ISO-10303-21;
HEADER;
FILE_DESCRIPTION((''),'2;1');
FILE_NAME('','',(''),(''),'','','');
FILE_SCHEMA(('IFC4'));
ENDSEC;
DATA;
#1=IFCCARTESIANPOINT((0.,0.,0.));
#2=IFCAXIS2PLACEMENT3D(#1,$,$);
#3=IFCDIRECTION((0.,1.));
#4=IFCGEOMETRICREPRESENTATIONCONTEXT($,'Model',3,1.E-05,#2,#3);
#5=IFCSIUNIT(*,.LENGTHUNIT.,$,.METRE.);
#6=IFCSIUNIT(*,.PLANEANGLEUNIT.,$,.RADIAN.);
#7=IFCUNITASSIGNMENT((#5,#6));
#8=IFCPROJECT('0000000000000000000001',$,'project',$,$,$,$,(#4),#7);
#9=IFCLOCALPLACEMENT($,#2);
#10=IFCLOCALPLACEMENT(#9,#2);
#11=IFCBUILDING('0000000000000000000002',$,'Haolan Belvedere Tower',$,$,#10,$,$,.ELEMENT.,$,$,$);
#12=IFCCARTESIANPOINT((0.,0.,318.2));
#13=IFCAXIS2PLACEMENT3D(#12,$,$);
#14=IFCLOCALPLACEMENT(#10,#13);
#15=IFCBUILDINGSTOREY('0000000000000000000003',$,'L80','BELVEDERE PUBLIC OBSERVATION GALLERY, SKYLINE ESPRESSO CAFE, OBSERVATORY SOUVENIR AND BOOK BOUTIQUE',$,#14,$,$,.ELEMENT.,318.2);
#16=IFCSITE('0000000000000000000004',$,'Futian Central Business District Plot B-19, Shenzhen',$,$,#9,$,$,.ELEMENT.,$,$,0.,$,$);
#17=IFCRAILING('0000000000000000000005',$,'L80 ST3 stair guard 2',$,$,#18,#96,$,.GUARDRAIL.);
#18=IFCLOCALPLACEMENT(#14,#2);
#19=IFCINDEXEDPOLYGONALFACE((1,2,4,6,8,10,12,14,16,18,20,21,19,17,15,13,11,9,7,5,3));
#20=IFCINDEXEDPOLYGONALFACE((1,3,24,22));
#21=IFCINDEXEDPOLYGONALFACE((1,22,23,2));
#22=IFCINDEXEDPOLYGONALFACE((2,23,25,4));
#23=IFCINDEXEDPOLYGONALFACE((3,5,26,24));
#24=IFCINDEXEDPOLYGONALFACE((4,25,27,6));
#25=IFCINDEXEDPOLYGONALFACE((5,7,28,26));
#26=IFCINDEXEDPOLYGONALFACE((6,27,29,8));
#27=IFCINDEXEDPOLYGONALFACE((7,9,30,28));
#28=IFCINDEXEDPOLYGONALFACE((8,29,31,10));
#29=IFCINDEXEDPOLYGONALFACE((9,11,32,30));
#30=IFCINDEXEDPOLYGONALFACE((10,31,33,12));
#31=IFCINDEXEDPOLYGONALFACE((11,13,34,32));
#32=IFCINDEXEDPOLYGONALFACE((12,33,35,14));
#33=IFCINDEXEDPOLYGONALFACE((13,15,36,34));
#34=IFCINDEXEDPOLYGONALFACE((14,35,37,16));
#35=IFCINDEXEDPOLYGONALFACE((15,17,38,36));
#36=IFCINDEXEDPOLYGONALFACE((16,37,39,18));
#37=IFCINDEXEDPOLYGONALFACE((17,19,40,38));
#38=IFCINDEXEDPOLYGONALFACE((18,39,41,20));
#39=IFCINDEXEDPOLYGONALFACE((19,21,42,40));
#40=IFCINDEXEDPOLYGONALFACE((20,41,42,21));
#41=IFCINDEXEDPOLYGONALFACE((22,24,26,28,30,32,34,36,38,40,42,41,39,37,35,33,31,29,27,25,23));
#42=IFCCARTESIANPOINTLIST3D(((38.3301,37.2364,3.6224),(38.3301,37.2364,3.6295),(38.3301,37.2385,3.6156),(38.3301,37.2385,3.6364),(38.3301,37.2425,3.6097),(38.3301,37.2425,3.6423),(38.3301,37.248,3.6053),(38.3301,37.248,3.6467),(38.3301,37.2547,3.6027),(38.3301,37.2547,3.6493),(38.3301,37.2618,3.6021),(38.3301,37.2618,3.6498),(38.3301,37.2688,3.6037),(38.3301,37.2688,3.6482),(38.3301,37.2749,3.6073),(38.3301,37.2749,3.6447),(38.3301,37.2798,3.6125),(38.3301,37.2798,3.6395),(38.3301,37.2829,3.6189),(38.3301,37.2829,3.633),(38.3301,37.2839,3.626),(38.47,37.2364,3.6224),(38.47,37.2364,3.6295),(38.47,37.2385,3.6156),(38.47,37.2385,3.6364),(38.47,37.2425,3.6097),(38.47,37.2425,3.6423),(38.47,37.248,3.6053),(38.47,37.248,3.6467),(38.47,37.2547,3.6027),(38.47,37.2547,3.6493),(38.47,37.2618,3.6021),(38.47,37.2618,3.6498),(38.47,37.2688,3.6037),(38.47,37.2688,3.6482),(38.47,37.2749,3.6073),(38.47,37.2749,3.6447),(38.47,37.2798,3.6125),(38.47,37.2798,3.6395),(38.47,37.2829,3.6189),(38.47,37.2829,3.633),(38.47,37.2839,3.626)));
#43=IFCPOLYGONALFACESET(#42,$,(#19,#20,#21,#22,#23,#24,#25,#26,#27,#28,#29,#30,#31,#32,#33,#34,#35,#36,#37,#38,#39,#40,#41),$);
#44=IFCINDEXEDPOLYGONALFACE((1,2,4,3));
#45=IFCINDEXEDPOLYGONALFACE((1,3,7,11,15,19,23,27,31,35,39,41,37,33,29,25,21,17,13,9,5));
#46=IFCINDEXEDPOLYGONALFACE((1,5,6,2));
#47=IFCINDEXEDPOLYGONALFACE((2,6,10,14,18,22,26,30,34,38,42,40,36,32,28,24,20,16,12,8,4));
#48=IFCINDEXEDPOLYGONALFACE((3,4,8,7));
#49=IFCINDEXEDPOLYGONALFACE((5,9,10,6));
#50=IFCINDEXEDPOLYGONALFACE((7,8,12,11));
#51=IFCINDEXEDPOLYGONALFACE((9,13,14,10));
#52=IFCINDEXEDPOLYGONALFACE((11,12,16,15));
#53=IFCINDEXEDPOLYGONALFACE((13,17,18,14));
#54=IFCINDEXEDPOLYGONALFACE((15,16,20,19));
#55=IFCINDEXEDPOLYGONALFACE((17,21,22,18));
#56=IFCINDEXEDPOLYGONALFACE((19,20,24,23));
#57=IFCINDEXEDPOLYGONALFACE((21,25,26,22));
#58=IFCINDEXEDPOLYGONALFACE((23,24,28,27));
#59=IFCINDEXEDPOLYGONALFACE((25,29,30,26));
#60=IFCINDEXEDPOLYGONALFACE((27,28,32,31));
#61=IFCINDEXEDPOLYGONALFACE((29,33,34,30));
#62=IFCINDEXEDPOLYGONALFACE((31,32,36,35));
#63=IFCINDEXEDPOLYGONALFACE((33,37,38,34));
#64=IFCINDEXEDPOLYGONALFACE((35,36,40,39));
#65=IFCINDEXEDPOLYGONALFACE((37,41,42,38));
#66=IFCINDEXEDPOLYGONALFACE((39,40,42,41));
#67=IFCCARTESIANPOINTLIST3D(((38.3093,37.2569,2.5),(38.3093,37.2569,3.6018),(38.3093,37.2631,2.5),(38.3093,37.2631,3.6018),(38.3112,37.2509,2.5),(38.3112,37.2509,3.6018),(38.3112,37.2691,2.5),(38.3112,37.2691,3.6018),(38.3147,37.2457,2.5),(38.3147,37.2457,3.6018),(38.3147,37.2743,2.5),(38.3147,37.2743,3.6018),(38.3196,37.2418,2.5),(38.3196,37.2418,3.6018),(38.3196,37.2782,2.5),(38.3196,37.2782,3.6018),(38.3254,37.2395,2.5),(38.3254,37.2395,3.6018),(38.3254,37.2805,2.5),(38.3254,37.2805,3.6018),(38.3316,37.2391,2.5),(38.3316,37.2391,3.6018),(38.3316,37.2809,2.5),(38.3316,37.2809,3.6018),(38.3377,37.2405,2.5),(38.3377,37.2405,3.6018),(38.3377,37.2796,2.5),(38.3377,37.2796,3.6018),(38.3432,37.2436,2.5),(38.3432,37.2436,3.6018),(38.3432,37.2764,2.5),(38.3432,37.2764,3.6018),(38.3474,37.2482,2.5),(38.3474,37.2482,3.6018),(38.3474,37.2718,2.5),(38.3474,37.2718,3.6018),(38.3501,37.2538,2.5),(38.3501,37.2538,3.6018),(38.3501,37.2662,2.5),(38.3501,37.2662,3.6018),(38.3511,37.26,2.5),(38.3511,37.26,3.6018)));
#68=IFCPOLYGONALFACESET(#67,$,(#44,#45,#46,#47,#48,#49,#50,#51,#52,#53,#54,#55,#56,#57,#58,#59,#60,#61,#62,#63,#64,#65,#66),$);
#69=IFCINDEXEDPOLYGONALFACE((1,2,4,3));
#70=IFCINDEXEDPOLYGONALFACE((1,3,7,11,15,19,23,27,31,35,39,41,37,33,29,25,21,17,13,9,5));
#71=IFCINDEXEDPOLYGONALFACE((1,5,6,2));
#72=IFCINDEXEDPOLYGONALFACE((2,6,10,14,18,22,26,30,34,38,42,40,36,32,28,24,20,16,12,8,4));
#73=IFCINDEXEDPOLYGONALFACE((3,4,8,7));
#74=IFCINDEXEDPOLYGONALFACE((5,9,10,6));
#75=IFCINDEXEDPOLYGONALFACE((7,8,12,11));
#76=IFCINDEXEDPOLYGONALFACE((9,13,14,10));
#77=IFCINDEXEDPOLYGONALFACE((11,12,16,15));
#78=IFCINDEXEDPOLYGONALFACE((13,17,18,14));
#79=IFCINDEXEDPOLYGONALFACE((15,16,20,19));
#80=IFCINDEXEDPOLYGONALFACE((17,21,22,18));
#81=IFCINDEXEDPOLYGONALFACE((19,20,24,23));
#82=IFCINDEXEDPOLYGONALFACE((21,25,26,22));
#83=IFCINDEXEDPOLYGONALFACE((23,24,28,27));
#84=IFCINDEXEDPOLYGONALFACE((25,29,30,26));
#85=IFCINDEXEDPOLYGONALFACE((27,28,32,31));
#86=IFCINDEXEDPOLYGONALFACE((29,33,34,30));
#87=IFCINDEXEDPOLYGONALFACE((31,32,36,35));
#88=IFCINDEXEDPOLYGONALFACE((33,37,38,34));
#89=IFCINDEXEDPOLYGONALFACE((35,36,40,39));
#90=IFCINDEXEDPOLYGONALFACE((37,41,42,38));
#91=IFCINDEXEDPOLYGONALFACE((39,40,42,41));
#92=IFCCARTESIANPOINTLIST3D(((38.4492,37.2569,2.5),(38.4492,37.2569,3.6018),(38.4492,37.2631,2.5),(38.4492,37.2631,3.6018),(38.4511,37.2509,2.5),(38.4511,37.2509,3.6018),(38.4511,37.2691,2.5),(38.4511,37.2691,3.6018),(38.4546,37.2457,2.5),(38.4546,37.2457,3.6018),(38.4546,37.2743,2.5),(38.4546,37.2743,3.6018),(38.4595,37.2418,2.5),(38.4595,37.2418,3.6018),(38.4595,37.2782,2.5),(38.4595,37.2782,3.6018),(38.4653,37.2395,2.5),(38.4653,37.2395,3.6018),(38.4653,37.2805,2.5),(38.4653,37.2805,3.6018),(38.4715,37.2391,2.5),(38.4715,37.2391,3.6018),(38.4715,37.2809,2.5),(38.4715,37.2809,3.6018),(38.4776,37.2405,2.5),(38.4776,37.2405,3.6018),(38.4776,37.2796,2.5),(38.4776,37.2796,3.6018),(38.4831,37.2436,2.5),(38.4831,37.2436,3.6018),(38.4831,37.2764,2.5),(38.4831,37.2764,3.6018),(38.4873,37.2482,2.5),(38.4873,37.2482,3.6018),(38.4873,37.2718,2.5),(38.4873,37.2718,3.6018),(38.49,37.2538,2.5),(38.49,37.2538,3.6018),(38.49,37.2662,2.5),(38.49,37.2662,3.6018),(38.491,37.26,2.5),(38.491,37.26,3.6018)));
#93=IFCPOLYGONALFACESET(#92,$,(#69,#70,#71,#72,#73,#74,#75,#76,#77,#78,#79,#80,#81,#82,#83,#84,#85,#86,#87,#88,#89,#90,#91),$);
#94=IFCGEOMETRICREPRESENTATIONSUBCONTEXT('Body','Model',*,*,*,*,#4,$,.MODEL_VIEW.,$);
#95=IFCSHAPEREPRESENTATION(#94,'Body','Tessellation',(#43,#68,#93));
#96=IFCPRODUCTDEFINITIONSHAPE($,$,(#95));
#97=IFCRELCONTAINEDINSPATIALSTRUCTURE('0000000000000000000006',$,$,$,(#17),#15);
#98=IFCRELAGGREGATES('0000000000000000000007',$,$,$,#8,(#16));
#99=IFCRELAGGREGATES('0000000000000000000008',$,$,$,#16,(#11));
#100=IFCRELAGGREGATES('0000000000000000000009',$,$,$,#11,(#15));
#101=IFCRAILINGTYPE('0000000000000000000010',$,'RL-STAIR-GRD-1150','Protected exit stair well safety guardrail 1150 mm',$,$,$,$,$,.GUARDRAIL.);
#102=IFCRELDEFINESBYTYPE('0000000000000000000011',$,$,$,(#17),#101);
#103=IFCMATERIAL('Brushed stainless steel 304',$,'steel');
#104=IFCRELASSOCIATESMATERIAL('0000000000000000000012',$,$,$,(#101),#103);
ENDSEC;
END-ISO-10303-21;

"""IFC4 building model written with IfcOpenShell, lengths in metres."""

from ifc_helpers import new_model, si_unit, direction, frame, origin, origin_2d, place, context, subcontext, project, spatial, circle, extrude, material, type_object, element, save


model = new_model("IFC4")

# Units and contexts
model_context = context("Model", 3, precision=1e-05, world=origin(), true_north=direction((0.0, 1.0)))
body_context = subcontext(model_context, "Body", "Model", "MODEL_VIEW")
ifc_project = project(units=[si_unit("LENGTHUNIT", "METRE"), si_unit("PLANEANGLEUNIT", "RADIAN")], contexts=[model_context])

# Site, building, storey
site_placement = place(None, origin())
site = spatial("IfcSite", under=ifc_project, at=site_placement, Name="Futian Central Business District Plot B-19, Shenzhen", CompositionType="ELEMENT", RefElevation=0.0)
building_placement = place(site_placement, origin())
building = spatial("IfcBuilding", under=site, at=building_placement, Name="Haolan Belvedere Tower", CompositionType="ELEMENT")
storey_placement = place(building_placement, frame((0.0, 0.0, 318.2)))
storey = spatial("IfcBuildingStorey", under=building, at=storey_placement, Name="L80", Description="BELVEDERE PUBLIC OBSERVATION GALLERY, SKYLINE ESPRESSO CAFE, OBSERVATORY SOUVENIR AND BOOK BOUTIQUE", CompositionType="ELEMENT", Elevation=318.2)

# Railing
ifc_material_1 = material(Name="Brushed stainless steel 304", Category="steel")
railing_type_1 = type_object("IfcRailingType", Name="RL-STAIR-GRD-1150", Description="Protected exit stair well safety guardrail 1150 mm", PredefinedType="GUARDRAIL", material=ifc_material_1)
railing_1_placement = place(storey_placement, frame((38.3301, 37.26, 2.5)))
element("IfcRailing", 1, at=railing_1_placement, inside=storey, type_object=railing_type_1, Name="L80 ST3 stair guard 2", PredefinedType="GUARDRAIL", context=body_context, shape_type="SweptSolid", body=[
    extrude(circle(Radius=0.0239, at=origin_2d()), frame((0.0, 0.0, 1.126), z_axis=(1.0, 0.0, 0.0), x_axis=(0.0, 1.0, 0.0)), (0.0, 0.0, 1.0), 0.1399),
    extrude(circle(Radius=0.021, at=origin_2d()), origin(), (0.0, 0.0, 1.0), 1.1018),
    extrude(circle(Radius=0.021, at=origin_2d()), frame((0.1399, 0.0, 0.0)), (0.0, 0.0, 1.0), 1.1018),
])

save(model, "model.ifc")
